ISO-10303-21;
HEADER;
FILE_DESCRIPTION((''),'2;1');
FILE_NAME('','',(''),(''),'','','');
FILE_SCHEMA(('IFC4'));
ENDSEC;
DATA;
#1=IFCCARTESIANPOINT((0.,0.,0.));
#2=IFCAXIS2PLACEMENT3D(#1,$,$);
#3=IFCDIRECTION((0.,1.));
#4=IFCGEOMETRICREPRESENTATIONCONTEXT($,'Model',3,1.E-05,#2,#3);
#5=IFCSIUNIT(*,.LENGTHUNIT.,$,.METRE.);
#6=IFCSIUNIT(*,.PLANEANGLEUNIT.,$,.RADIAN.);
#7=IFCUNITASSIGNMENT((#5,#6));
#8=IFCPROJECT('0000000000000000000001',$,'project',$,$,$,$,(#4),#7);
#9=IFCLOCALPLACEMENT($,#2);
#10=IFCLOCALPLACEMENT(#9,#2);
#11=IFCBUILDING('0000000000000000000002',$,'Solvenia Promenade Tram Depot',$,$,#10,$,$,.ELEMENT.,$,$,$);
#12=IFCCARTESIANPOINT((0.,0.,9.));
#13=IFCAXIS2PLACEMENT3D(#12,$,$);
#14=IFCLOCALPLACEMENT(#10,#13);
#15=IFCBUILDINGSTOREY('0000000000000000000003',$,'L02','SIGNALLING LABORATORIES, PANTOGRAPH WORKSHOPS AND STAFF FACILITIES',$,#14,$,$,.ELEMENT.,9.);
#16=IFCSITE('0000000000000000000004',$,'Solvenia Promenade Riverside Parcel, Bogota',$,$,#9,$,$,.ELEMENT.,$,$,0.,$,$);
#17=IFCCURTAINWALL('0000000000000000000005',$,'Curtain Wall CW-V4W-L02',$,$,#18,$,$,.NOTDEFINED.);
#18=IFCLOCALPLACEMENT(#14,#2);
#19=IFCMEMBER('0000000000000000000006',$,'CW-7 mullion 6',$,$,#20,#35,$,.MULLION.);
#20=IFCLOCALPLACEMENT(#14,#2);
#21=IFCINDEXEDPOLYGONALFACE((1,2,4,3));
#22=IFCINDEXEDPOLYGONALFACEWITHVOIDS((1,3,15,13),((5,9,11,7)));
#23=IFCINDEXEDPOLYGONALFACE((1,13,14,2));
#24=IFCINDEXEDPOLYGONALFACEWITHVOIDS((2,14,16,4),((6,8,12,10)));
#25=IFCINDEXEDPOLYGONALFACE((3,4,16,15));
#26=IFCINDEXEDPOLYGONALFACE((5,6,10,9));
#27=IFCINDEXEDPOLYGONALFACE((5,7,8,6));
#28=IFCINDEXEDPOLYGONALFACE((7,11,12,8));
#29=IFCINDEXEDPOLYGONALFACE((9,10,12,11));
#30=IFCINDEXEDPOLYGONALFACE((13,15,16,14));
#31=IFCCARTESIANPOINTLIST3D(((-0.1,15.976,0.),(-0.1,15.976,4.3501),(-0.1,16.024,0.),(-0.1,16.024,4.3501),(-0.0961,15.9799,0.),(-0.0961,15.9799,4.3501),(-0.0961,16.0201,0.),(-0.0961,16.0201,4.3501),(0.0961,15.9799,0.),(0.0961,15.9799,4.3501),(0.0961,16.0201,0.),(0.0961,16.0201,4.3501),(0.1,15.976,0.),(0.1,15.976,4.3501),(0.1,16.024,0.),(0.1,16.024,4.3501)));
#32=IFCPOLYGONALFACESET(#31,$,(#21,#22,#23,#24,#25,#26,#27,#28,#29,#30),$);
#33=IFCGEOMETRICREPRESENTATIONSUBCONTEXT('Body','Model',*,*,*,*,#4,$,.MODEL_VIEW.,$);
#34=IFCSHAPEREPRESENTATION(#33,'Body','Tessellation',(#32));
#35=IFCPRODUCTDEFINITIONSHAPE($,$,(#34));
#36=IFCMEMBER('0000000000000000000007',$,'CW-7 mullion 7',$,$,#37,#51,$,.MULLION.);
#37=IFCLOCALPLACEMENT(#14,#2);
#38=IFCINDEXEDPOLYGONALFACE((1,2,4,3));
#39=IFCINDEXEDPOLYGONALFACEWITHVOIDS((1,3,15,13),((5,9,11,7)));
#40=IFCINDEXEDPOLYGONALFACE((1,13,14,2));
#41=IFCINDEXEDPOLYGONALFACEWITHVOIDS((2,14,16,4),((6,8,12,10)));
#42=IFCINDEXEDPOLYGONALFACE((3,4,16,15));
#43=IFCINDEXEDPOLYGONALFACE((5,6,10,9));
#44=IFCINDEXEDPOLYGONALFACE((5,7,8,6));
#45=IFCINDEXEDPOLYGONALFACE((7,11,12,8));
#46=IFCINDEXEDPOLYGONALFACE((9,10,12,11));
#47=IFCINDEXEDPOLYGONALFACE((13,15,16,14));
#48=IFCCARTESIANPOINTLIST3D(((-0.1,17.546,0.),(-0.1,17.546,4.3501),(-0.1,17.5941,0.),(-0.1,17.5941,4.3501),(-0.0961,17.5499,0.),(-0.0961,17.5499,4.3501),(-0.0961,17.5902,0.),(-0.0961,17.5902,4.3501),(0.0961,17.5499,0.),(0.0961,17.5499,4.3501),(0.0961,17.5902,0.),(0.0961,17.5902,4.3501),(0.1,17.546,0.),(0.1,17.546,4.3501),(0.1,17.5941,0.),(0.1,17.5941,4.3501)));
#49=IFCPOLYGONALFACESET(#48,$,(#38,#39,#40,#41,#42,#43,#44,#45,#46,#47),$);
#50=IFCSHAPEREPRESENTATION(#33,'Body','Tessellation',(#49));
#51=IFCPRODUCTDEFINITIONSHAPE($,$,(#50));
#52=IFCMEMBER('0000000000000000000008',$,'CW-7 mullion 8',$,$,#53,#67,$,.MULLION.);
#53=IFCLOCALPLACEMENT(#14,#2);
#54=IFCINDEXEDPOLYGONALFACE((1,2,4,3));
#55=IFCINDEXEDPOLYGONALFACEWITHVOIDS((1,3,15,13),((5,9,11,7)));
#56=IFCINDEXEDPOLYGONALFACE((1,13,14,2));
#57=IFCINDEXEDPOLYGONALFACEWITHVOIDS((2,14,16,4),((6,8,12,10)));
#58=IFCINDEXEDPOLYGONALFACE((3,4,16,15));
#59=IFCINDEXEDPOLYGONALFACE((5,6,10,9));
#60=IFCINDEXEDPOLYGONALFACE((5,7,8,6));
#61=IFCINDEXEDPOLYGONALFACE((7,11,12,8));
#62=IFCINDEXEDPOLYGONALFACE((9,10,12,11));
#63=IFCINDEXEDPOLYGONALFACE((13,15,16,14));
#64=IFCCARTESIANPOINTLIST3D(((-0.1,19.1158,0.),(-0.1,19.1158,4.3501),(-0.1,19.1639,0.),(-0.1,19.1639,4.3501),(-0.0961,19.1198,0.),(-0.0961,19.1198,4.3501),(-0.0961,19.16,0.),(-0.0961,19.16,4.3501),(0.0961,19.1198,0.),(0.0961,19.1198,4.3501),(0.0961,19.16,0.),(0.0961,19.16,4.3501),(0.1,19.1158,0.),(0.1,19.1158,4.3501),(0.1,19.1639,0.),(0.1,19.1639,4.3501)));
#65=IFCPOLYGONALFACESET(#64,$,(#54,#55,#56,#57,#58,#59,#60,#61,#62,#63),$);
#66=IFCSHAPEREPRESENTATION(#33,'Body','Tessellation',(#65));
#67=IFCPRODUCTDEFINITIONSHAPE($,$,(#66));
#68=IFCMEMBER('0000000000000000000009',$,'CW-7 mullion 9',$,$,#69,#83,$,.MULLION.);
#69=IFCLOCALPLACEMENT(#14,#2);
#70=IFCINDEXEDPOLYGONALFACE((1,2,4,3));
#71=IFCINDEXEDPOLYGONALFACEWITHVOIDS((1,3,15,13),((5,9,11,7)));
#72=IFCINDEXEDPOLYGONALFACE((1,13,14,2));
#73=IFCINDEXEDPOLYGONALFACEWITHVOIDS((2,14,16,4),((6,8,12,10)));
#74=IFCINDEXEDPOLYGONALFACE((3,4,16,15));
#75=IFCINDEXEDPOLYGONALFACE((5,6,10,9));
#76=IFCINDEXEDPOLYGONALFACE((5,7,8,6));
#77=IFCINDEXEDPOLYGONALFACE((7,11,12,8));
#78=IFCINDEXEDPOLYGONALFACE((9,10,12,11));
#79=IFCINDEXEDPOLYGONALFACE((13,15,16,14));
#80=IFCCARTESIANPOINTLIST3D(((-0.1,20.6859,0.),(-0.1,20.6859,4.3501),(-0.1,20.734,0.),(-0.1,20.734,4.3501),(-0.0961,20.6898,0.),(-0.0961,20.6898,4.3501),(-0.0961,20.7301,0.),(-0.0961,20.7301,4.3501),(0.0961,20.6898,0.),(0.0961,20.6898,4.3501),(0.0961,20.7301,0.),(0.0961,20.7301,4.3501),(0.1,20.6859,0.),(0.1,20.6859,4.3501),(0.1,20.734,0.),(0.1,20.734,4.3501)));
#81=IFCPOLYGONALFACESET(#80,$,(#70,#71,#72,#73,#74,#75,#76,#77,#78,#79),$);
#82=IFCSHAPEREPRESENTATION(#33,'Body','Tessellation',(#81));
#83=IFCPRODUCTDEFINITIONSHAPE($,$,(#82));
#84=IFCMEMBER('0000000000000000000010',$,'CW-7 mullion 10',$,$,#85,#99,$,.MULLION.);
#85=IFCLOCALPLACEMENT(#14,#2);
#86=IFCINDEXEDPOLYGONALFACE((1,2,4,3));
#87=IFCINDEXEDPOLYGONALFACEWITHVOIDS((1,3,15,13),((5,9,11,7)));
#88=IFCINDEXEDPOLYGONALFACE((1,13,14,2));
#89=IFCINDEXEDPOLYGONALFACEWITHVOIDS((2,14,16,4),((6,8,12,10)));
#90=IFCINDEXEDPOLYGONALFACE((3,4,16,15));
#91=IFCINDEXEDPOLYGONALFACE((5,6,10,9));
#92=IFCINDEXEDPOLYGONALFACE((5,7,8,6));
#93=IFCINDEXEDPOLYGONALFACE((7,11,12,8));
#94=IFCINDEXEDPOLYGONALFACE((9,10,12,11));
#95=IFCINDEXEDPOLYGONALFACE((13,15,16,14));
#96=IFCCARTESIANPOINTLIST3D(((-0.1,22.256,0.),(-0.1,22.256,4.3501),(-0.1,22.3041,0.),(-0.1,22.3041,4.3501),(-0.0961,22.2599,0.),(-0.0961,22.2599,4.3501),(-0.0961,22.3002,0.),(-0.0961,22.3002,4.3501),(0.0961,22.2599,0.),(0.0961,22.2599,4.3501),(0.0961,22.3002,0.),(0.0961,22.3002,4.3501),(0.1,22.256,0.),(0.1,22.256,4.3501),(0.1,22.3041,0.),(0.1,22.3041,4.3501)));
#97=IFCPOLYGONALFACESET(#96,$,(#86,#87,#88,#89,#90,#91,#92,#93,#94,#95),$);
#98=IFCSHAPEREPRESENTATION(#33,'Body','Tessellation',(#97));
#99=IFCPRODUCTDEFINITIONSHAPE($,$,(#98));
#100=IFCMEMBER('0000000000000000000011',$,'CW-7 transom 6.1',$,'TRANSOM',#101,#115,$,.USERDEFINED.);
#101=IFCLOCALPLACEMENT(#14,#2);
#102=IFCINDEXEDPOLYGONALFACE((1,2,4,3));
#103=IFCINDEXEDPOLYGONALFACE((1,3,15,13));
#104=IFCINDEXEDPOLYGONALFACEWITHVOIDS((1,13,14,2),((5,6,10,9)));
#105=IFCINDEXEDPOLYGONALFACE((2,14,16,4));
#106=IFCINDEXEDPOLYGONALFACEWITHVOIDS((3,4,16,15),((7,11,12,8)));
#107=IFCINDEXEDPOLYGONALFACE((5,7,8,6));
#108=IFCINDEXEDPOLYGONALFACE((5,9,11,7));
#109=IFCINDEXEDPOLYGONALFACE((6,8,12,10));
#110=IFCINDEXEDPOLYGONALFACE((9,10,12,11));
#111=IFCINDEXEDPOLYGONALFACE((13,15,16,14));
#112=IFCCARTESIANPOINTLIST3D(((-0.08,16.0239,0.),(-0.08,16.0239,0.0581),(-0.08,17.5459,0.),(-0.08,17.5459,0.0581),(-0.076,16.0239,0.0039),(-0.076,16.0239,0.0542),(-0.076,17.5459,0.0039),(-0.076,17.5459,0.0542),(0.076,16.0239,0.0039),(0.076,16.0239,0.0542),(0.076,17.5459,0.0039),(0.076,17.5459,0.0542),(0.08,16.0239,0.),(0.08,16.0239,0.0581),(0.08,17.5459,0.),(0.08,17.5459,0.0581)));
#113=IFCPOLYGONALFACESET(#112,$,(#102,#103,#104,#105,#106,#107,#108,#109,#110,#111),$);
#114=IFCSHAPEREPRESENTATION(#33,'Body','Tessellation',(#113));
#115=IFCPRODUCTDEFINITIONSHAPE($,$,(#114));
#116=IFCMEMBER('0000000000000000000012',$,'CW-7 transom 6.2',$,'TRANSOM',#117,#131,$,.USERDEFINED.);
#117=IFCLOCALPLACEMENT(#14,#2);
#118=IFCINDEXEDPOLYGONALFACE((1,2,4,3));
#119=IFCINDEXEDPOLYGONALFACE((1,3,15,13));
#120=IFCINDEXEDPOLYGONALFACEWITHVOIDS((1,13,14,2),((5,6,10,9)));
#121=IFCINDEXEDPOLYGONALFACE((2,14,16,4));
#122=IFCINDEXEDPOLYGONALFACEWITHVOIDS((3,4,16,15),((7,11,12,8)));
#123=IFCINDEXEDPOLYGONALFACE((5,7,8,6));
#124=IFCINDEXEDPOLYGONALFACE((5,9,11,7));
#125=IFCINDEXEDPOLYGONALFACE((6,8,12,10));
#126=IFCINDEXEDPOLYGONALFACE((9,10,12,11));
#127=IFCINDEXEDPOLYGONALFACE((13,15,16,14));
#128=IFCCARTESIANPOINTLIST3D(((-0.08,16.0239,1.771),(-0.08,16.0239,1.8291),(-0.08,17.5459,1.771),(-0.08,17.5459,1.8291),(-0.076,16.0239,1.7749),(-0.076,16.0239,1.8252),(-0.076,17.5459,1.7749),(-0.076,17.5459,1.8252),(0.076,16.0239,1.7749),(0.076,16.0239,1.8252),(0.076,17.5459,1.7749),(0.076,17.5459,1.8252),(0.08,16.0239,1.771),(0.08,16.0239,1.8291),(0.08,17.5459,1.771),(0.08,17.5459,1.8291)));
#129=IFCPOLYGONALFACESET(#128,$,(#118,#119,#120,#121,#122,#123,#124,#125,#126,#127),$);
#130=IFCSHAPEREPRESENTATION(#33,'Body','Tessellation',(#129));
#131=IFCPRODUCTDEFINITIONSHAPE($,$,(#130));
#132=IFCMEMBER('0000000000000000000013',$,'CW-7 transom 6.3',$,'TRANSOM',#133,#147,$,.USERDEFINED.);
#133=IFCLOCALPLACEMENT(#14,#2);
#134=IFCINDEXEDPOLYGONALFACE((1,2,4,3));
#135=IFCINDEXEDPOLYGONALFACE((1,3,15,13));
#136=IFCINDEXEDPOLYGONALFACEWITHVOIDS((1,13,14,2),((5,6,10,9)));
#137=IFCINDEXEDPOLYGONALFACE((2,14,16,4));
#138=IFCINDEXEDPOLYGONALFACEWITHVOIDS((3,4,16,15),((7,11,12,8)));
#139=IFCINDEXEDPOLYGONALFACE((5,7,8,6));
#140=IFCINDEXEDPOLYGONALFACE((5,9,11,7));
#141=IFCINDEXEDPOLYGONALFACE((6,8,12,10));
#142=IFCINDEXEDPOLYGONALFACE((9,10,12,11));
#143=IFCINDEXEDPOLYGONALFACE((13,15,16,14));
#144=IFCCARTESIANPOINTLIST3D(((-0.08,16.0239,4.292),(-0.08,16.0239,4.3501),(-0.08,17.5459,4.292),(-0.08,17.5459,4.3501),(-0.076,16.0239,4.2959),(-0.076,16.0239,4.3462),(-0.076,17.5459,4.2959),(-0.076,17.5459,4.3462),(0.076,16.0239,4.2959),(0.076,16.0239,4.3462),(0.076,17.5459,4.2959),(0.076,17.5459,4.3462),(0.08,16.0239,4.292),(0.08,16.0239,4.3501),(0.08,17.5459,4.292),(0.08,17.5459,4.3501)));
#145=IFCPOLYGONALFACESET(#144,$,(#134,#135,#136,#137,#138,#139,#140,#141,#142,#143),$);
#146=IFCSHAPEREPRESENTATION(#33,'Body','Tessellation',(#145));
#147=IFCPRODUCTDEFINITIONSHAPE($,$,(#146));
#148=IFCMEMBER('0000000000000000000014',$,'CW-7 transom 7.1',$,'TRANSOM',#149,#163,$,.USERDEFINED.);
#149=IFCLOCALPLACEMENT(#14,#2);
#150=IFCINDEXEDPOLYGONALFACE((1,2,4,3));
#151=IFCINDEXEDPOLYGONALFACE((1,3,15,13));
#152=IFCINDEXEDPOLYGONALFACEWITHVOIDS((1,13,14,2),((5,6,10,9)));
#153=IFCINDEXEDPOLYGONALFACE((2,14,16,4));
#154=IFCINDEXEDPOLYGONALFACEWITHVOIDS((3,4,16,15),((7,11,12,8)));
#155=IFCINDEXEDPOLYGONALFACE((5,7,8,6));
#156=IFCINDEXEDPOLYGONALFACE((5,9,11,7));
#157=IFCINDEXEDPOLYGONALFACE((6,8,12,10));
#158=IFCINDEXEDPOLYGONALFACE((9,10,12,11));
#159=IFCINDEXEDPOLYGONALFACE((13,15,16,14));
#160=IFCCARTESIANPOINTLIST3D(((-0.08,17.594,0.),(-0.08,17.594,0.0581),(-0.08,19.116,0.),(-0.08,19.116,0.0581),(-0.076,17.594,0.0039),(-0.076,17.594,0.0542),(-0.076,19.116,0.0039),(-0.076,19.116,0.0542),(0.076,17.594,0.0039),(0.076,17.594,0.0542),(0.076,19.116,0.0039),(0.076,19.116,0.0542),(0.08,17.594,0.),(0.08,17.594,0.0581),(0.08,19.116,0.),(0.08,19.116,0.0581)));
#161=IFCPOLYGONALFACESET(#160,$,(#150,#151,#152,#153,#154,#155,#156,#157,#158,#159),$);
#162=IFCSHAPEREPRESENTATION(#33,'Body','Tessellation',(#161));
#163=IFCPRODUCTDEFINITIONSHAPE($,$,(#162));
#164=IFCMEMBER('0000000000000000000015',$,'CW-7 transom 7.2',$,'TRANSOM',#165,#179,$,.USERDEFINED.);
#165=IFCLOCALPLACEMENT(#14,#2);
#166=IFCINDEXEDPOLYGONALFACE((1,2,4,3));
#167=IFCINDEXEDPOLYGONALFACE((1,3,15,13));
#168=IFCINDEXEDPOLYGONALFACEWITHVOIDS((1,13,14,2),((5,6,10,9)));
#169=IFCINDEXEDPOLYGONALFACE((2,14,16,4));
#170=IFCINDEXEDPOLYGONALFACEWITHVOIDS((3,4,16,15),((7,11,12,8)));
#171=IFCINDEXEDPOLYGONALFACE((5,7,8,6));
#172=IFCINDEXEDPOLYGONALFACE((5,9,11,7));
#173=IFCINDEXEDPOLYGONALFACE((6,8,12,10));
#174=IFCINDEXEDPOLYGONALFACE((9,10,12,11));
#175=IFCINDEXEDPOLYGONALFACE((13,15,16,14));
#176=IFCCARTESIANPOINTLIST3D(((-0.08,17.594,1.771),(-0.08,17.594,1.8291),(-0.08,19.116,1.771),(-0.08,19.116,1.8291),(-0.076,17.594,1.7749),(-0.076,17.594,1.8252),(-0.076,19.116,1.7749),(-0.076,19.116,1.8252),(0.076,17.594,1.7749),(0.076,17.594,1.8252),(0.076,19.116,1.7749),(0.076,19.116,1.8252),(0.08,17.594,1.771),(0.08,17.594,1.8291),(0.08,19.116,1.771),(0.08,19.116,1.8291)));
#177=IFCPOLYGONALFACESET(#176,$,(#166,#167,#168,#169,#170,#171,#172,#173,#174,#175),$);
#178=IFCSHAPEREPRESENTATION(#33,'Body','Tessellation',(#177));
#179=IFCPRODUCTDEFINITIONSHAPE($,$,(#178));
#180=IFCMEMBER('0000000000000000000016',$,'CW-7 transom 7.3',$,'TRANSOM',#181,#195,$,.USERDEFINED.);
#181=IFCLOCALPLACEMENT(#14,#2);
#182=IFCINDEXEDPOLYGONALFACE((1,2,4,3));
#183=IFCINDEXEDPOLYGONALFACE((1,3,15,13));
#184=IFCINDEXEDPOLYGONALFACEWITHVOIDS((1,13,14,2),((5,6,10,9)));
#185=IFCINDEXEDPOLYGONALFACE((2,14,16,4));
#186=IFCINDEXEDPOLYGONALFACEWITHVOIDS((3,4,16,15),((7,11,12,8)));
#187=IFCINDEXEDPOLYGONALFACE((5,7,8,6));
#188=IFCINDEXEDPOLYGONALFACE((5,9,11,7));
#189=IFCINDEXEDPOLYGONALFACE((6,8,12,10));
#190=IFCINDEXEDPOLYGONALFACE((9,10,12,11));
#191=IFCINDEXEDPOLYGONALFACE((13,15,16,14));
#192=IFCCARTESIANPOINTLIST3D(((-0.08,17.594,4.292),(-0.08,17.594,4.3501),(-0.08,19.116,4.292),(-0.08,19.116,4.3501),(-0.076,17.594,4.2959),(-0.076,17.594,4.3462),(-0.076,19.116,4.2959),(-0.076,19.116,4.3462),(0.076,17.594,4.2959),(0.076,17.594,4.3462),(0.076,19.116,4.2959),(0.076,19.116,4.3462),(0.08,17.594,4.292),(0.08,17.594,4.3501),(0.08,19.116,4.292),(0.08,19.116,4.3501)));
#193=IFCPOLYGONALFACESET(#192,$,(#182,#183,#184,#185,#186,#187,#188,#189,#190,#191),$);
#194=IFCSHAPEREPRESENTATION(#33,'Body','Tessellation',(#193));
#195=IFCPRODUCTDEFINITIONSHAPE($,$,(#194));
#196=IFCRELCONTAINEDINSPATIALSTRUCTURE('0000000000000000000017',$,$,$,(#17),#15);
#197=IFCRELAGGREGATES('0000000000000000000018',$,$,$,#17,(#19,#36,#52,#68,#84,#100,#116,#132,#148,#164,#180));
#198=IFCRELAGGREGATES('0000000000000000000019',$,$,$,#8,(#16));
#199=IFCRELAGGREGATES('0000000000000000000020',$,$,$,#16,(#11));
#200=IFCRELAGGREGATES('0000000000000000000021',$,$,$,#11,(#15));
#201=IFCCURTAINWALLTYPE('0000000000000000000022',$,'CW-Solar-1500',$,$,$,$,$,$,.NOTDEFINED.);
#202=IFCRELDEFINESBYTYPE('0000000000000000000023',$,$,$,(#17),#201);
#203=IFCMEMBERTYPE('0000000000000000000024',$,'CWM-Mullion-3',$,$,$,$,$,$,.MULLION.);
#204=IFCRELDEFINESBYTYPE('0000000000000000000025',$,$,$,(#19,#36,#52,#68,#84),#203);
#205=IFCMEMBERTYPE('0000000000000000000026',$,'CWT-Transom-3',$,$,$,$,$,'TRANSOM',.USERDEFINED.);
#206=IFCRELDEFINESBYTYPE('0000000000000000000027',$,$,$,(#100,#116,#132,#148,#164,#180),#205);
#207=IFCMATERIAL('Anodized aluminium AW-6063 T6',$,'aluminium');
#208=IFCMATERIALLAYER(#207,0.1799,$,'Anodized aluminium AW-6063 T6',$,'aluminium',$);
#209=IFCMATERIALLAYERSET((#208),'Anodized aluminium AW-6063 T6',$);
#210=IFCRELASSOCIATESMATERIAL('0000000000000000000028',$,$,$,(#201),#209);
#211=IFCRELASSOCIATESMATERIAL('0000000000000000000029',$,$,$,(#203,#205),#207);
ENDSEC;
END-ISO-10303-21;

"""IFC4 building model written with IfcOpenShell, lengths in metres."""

from ifc_helpers import new_model, si_unit, direction, frame, origin, origin_2d, place, context, subcontext, project, spatial, hollow_rectangle, extrude, material, layer, layer_set, material_profile, profile_set, type_object, element, aggregate, save


model = new_model("IFC4")

# Units and contexts
model_context = context("Model", 3, precision=1e-05, world=origin(), true_north=direction((0.0, 1.0)))
body_context = subcontext(model_context, "Body", "Model", "MODEL_VIEW")
ifc_project = project(units=[si_unit("LENGTHUNIT", "METRE"), si_unit("PLANEANGLEUNIT", "RADIAN")], contexts=[model_context])

# Site, building, storey
site_placement = place(None, origin())
site = spatial("IfcSite", under=ifc_project, at=site_placement, Name="Solvenia Promenade Riverside Parcel, Bogota", CompositionType="ELEMENT", RefElevation=0.0)
building_placement = place(site_placement, origin())
building = spatial("IfcBuilding", under=site, at=building_placement, Name="Solvenia Promenade Tram Depot", CompositionType="ELEMENT")
storey_placement = place(building_placement, frame((0.0, 0.0, 9.0)))
storey = spatial("IfcBuildingStorey", under=building, at=storey_placement, Name="L02", Description="SIGNALLING LABORATORIES, PANTOGRAPH WORKSHOPS AND STAFF FACILITIES", CompositionType="ELEMENT", Elevation=9.0)

# Curtain wall, members
ifc_material_1 = material(Name="Anodized aluminium AW-6063 T6", Category="aluminium")
ifc_layer_1 = layer(ifc_material_1, 0.1799, Name="Anodized aluminium AW-6063 T6", Category="aluminium")
ifc_layer_set_1 = layer_set([ifc_layer_1], Name="Anodized aluminium AW-6063 T6")
curtain_wall_type = type_object("IfcCurtainWallType", Name="CW-Solar-1500", PredefinedType="NOTDEFINED", material=ifc_layer_set_1)
curtain_wall_placement = place(storey_placement, origin())
curtain_wall = element("IfcCurtainWall", 1, at=curtain_wall_placement, inside=storey, type_object=curtain_wall_type, Name="Curtain Wall CW-V4W-L02", PredefinedType="NOTDEFINED")
ifc_material_profile_1 = material_profile(ifc_material_1, hollow_rectangle(XDim=0.2, YDim=0.0481, WallThickness=0.0039, at=origin_2d()), Name="ALU-M3", Category="aluminium")
ifc_profile_set_1 = profile_set([ifc_material_profile_1], Name="Anodized aluminium AW-6063 T6")
member_type_1 = type_object("IfcMemberType", Name="CWM-Mullion-3", PredefinedType="MULLION", material=ifc_profile_set_1)
member_1_placement = place(storey_placement, frame((0.0, 16.0, 0.0), z_axis=(0.0, 0.0, 1.0), x_axis=(-1.0, 0.0, 0.0)))
member_1 = element("IfcMember", 2, at=member_1_placement, type_object=member_type_1, Name="CW-7 mullion 6", PredefinedType="MULLION", context=body_context, shape_type="SweptSolid", body=[
    extrude(hollow_rectangle(XDim=0.2, YDim=0.0481, WallThickness=0.0039, at=origin_2d()), origin(), (0.0, 0.0, 1.0), 4.3501),
])
member_2_placement = place(storey_placement, frame((0.0, 17.5701, 0.0), z_axis=(0.0, 0.0, 1.0), x_axis=(-1.0, 0.0, 0.0)))
member_2 = element("IfcMember", 3, at=member_2_placement, type_object=member_type_1, Name="CW-7 mullion 7", PredefinedType="MULLION", context=body_context, shape_type="SweptSolid", body=[
    extrude(hollow_rectangle(XDim=0.2, YDim=0.0481, WallThickness=0.0039, at=origin_2d()), origin(), (0.0, 0.0, 1.0), 4.3501),
])
member_3_placement = place(storey_placement, frame((0.0, 19.1399, 0.0), z_axis=(0.0, 0.0, 1.0), x_axis=(-1.0, 0.0, 0.0)))
member_3 = element("IfcMember", 4, at=member_3_placement, type_object=member_type_1, Name="CW-7 mullion 8", PredefinedType="MULLION", context=body_context, shape_type="SweptSolid", body=[
    extrude(hollow_rectangle(XDim=0.2, YDim=0.0481, WallThickness=0.0039, at=origin_2d()), origin(), (0.0, 0.0, 1.0), 4.3501),
])
member_4_placement = place(storey_placement, frame((0.0, 20.71, 0.0), z_axis=(0.0, 0.0, 1.0), x_axis=(-1.0, 0.0, 0.0)))
member_4 = element("IfcMember", 5, at=member_4_placement, type_object=member_type_1, Name="CW-7 mullion 9", PredefinedType="MULLION", context=body_context, shape_type="SweptSolid", body=[
    extrude(hollow_rectangle(XDim=0.2, YDim=0.0481, WallThickness=0.0039, at=origin_2d()), origin(), (0.0, 0.0, 1.0), 4.3501),
])
member_5_placement = place(storey_placement, frame((0.0, 22.28, 0.0), z_axis=(0.0, 0.0, 1.0), x_axis=(-1.0, 0.0, 0.0)))
member_5 = element("IfcMember", 6, at=member_5_placement, type_object=member_type_1, Name="CW-7 mullion 10", PredefinedType="MULLION", context=body_context, shape_type="SweptSolid", body=[
    extrude(hollow_rectangle(XDim=0.2, YDim=0.0481, WallThickness=0.0039, at=origin_2d()), origin(), (0.0, 0.0, 1.0), 4.3501),
])
ifc_material_profile_2 = material_profile(ifc_material_1, hollow_rectangle(XDim=0.1599, YDim=0.0581, WallThickness=0.0039, at=origin_2d()), Name="ALU-T3", Category="aluminium")
ifc_profile_set_2 = profile_set([ifc_material_profile_2], Name="Anodized aluminium AW-6063 T6")
member_type_2 = type_object("IfcMemberType", Name="CWT-Transom-3", ElementType="TRANSOM", PredefinedType="USERDEFINED", material=ifc_profile_set_2)
member_6_placement = place(storey_placement, frame((0.0, 16.0239, 0.0291), z_axis=(0.0, 1.0, 0.0), x_axis=(-1.0, 0.0, 0.0)))
member_6 = element("IfcMember", 7, at=member_6_placement, type_object=member_type_2, Name="CW-7 transom 6.1", ObjectType="TRANSOM", PredefinedType="USERDEFINED", context=body_context, shape_type="SweptSolid", body=[
    extrude(hollow_rectangle(XDim=0.1599, YDim=0.0581, WallThickness=0.0039, at=origin_2d()), origin(), (0.0, 0.0, 1.0), 1.522),
])
member_7_placement = place(storey_placement, frame((0.0, 16.0239, 1.8), z_axis=(0.0, 1.0, 0.0), x_axis=(-1.0, 0.0, 0.0)))
member_7 = element("IfcMember", 8, at=member_7_placement, type_object=member_type_2, Name="CW-7 transom 6.2", ObjectType="TRANSOM", PredefinedType="USERDEFINED", context=body_context, shape_type="SweptSolid", body=[
    extrude(hollow_rectangle(XDim=0.1599, YDim=0.0581, WallThickness=0.0039, at=origin_2d()), origin(), (0.0, 0.0, 1.0), 1.522),
])
member_8_placement = place(storey_placement, frame((0.0, 16.0239, 4.321), z_axis=(0.0, 1.0, 0.0), x_axis=(-1.0, 0.0, 0.0)))
member_8 = element("IfcMember", 9, at=member_8_placement, type_object=member_type_2, Name="CW-7 transom 6.3", ObjectType="TRANSOM", PredefinedType="USERDEFINED", context=body_context, shape_type="SweptSolid", body=[
    extrude(hollow_rectangle(XDim=0.1599, YDim=0.0581, WallThickness=0.0039, at=origin_2d()), origin(), (0.0, 0.0, 1.0), 1.522),
])
member_9_placement = place(storey_placement, frame((0.0, 17.594, 0.0291), z_axis=(0.0, 1.0, 0.0), x_axis=(-1.0, 0.0, 0.0)))
member_9 = element("IfcMember", 10, at=member_9_placement, type_object=member_type_2, Name="CW-7 transom 7.1", ObjectType="TRANSOM", PredefinedType="USERDEFINED", context=body_context, shape_type="SweptSolid", body=[
    extrude(hollow_rectangle(XDim=0.1599, YDim=0.0581, WallThickness=0.0039, at=origin_2d()), origin(), (0.0, 0.0, 1.0), 1.522),
])
member_10_placement = place(storey_placement, frame((0.0, 17.594, 1.8), z_axis=(0.0, 1.0, 0.0), x_axis=(-1.0, 0.0, 0.0)))
member_10 = element("IfcMember", 11, at=member_10_placement, type_object=member_type_2, Name="CW-7 transom 7.2", ObjectType="TRANSOM", PredefinedType="USERDEFINED", context=body_context, shape_type="SweptSolid", body=[
    extrude(hollow_rectangle(XDim=0.1599, YDim=0.0581, WallThickness=0.0039, at=origin_2d()), origin(), (0.0, 0.0, 1.0), 1.522),
])
member_11_placement = place(storey_placement, frame((0.0, 17.594, 4.321), z_axis=(0.0, 1.0, 0.0), x_axis=(-1.0, 0.0, 0.0)))
member_11 = element("IfcMember", 12, at=member_11_placement, type_object=member_type_2, Name="CW-7 transom 7.3", ObjectType="TRANSOM", PredefinedType="USERDEFINED", context=body_context, shape_type="SweptSolid", body=[
    extrude(hollow_rectangle(XDim=0.1599, YDim=0.0581, WallThickness=0.0039, at=origin_2d()), origin(), (0.0, 0.0, 1.0), 1.522),
])
aggregate(curtain_wall, [member_1, member_2, member_3, member_4, member_5, member_6, member_7, member_8, member_9, member_10, member_11])

save(model, "model.ifc")
